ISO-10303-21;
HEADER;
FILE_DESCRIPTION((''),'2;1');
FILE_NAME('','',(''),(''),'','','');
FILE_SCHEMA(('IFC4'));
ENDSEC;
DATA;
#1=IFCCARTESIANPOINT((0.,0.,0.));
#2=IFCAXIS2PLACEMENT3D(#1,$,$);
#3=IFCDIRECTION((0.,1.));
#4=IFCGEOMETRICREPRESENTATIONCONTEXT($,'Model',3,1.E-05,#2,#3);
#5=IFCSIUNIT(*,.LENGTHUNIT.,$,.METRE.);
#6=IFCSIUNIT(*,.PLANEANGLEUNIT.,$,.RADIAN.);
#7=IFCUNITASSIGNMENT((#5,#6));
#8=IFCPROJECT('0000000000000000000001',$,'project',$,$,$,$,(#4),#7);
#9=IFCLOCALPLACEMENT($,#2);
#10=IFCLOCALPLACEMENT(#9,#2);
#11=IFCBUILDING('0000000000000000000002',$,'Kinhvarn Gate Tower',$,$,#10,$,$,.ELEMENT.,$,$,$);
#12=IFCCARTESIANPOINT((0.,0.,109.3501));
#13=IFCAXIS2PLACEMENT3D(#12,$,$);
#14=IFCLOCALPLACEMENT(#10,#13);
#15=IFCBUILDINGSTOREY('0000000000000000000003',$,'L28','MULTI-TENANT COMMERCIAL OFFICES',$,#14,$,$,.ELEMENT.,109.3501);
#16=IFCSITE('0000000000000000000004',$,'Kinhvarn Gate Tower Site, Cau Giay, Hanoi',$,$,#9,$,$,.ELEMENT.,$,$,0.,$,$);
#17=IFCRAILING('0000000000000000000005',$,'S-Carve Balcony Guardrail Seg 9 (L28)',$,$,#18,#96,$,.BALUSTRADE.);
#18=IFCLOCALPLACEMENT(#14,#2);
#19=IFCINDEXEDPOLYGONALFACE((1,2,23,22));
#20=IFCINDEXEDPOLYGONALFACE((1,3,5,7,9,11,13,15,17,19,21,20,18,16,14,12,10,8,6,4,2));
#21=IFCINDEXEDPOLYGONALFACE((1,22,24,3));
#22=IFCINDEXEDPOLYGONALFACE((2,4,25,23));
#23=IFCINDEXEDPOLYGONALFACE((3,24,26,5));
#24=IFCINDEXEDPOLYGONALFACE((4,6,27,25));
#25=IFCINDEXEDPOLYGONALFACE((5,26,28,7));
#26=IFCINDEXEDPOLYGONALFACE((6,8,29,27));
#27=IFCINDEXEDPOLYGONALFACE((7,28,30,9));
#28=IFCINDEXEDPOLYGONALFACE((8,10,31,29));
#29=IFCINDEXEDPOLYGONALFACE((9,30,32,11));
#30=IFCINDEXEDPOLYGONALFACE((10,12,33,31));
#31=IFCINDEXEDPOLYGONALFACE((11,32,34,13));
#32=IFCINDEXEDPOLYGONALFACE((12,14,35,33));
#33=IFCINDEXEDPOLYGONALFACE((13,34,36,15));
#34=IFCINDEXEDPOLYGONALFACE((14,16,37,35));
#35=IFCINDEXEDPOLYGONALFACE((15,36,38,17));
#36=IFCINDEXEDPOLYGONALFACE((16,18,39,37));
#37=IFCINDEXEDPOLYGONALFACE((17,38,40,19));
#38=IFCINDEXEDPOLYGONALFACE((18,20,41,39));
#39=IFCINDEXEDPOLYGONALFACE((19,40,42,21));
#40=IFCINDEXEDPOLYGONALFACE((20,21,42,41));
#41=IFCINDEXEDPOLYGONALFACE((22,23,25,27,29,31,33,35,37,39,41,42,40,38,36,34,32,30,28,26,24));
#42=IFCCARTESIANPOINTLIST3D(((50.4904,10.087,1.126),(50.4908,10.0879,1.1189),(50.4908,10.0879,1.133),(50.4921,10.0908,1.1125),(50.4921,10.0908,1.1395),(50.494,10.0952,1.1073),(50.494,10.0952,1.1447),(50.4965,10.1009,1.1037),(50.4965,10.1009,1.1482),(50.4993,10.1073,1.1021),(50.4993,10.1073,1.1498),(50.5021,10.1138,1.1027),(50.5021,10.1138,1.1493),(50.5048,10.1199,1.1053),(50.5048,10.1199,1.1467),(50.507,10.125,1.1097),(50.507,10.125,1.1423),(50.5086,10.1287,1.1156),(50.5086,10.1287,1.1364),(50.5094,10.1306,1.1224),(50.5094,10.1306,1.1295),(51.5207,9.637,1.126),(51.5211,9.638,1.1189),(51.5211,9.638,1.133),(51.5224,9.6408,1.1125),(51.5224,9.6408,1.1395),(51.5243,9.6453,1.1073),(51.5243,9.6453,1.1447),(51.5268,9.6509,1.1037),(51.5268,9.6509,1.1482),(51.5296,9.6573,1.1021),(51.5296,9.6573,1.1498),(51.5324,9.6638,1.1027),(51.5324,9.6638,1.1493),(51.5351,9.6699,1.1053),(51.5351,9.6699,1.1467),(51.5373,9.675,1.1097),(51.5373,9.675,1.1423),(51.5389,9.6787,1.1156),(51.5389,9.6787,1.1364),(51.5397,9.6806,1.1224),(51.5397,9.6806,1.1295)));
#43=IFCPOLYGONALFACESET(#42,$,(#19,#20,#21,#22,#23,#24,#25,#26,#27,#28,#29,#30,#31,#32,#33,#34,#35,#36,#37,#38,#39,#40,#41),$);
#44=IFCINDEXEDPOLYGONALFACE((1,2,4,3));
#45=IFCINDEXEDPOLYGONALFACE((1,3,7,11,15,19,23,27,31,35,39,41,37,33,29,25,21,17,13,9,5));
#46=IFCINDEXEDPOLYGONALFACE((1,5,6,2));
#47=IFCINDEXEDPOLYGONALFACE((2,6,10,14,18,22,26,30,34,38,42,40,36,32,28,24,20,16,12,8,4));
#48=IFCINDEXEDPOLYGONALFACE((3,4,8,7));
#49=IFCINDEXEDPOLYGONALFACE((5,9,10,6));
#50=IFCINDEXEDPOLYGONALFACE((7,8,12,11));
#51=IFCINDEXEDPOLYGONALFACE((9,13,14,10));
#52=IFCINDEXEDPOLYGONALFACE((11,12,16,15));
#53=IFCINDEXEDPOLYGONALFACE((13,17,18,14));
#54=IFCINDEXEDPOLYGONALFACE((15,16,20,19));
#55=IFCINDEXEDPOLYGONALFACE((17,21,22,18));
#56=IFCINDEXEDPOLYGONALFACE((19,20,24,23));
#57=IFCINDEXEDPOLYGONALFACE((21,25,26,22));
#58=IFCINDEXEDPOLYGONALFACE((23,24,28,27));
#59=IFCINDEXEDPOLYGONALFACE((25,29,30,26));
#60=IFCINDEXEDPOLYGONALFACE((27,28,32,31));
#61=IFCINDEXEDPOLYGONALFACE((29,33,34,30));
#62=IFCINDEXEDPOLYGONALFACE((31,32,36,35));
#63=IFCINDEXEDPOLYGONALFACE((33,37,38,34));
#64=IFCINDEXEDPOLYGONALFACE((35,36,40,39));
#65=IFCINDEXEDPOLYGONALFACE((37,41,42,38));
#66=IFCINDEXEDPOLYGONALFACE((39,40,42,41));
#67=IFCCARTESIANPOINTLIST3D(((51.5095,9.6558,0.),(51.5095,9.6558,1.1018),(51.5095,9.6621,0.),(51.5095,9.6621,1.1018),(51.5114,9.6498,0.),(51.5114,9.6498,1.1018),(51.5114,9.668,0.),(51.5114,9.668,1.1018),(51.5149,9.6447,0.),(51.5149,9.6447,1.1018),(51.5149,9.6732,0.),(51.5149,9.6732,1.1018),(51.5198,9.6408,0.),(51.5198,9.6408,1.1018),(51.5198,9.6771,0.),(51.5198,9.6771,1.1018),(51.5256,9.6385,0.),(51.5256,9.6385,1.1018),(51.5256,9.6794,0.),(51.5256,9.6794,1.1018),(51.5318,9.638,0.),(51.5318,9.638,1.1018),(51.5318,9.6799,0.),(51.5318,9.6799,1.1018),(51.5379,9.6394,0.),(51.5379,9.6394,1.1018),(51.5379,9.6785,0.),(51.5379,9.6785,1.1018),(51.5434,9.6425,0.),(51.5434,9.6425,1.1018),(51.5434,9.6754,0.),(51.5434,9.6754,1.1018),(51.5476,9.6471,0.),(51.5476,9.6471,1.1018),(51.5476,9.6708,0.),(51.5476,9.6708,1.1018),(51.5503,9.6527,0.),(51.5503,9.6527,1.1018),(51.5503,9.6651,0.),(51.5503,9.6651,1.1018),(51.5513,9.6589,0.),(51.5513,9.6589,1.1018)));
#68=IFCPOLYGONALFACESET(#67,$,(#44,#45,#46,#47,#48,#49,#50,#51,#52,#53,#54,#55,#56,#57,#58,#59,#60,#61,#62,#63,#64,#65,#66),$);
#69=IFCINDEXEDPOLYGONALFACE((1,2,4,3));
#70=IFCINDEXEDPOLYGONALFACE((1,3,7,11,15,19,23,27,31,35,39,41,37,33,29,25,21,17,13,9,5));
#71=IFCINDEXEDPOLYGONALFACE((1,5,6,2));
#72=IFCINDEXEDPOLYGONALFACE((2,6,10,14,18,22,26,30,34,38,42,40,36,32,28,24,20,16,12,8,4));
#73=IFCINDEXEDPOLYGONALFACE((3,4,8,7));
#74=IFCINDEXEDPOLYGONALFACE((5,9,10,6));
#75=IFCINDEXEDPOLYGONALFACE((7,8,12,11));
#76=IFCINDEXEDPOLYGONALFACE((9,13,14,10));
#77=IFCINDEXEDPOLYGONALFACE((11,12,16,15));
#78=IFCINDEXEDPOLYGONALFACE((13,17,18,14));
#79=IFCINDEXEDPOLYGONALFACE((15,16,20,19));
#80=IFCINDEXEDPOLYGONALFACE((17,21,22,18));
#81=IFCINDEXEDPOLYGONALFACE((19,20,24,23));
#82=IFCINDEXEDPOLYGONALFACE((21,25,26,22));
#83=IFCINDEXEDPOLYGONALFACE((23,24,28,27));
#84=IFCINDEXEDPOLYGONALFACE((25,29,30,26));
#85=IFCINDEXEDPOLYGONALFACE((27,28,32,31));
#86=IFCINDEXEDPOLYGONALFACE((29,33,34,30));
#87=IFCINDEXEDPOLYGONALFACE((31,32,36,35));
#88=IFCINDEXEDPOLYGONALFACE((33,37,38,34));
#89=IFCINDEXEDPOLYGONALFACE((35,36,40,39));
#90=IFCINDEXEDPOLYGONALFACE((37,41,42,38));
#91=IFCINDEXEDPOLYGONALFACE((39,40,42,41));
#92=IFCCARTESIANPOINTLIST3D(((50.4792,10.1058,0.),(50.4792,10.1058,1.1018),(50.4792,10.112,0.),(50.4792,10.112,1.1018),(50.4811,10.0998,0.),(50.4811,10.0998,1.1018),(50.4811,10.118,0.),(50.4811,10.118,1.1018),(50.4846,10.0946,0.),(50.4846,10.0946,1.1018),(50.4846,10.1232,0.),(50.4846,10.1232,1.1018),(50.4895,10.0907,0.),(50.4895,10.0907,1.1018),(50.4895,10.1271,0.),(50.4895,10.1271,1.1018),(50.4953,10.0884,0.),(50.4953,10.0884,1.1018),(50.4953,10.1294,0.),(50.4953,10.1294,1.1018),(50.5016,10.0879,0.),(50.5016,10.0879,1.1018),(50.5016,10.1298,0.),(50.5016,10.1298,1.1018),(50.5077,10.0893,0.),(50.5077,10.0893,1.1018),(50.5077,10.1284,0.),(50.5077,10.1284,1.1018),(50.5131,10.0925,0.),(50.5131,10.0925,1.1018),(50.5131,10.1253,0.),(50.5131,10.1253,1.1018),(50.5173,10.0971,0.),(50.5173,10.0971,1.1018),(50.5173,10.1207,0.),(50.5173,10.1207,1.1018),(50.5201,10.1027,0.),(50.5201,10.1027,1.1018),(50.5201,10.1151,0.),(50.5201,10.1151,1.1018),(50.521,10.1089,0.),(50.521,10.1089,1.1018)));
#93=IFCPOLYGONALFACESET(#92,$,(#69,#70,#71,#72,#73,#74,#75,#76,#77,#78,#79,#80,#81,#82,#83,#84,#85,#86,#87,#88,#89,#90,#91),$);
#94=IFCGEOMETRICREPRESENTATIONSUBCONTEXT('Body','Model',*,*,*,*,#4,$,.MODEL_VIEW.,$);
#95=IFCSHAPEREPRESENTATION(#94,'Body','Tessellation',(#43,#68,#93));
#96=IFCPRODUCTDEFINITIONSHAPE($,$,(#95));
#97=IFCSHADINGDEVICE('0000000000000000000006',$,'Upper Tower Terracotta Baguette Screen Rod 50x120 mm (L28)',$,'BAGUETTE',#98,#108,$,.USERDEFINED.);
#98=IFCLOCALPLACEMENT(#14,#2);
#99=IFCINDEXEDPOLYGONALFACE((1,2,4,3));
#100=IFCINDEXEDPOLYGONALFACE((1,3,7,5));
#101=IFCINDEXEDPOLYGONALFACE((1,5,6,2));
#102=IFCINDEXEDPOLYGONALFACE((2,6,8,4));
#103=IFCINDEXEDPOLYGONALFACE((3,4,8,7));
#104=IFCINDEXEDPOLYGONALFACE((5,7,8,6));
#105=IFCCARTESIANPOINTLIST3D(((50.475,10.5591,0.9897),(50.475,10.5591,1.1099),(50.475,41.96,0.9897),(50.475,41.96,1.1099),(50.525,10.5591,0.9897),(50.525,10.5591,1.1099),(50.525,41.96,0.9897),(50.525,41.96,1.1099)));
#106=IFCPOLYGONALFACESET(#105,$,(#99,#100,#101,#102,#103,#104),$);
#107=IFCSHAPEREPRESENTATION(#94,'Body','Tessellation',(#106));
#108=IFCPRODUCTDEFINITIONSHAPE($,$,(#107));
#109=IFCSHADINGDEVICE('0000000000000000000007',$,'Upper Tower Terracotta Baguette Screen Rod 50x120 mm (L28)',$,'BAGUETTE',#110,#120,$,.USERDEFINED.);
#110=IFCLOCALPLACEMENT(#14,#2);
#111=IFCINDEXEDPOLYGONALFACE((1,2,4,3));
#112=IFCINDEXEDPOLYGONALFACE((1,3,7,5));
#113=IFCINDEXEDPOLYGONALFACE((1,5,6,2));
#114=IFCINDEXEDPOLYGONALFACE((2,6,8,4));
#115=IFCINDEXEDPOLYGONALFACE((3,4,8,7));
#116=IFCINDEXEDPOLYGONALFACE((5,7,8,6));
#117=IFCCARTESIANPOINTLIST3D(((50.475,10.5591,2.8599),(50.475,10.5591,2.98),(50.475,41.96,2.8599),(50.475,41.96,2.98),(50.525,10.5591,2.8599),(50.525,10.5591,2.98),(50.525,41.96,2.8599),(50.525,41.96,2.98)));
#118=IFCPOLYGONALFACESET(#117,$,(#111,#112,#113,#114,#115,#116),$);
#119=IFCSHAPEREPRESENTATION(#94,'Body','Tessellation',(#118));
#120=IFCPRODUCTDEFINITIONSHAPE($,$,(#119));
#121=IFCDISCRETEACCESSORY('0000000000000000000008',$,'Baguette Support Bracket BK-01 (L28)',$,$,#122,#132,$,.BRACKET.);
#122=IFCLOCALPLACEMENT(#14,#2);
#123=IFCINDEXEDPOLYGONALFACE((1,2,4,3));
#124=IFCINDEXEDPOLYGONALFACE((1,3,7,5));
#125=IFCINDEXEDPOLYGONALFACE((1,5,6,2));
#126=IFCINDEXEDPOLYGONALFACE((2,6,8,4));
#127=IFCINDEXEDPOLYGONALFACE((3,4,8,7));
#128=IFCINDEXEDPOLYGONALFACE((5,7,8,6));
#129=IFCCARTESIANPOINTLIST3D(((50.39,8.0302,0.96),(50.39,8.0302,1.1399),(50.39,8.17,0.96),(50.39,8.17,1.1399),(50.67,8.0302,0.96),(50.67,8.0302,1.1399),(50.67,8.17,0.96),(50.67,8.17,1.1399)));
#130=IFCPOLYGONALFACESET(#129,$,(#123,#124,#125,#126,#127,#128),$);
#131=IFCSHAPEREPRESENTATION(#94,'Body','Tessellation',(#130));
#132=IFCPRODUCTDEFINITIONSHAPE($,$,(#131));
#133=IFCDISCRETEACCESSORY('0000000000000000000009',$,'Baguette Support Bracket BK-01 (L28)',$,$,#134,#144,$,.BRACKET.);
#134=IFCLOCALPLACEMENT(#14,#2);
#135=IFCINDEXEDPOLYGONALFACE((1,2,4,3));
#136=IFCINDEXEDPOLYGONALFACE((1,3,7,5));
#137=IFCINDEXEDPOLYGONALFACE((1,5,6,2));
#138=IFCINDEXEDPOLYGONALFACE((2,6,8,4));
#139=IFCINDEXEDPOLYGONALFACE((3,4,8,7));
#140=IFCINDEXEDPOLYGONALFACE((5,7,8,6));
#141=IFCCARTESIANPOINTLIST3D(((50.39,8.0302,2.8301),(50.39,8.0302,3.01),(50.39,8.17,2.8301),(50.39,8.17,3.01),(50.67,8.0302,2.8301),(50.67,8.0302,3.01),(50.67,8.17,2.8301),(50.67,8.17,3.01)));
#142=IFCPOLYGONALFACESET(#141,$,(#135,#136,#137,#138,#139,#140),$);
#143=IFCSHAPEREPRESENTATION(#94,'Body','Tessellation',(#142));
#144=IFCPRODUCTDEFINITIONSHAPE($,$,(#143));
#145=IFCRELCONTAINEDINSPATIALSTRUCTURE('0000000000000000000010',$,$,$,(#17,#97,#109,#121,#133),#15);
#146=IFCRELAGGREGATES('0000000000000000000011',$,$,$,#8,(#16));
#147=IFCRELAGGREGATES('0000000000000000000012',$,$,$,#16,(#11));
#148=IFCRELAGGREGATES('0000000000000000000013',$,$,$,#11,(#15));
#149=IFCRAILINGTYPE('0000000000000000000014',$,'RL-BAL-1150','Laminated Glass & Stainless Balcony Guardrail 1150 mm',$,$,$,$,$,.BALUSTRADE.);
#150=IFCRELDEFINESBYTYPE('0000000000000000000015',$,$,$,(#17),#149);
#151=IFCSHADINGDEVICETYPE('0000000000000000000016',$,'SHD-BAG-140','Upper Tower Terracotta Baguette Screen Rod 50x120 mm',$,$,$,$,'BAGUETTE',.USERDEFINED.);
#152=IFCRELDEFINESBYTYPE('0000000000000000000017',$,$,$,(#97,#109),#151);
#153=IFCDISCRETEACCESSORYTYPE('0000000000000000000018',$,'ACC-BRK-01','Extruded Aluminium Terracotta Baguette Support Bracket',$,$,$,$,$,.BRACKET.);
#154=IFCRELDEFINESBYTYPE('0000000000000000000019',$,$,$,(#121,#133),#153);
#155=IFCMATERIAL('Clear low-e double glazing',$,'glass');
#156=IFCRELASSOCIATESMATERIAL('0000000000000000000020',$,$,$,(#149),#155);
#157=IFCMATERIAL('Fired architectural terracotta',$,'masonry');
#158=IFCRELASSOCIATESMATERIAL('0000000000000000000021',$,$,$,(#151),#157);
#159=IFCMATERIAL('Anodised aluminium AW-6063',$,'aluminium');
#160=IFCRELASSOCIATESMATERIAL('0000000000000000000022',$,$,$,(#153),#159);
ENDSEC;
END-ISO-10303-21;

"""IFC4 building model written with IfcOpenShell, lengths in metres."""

from ifc_helpers import new_model, si_unit, direction, frame, origin, origin_2d, place, context, subcontext, project, spatial, rectangle, circle, extrude, material, material_profile, profile_set, type_object, element, save


model = new_model("IFC4")

# Units and contexts
model_context = context("Model", 3, precision=1e-05, world=origin(), true_north=direction((0.0, 1.0)))
body_context = subcontext(model_context, "Body", "Model", "MODEL_VIEW")
ifc_project = project(units=[si_unit("LENGTHUNIT", "METRE"), si_unit("PLANEANGLEUNIT", "RADIAN")], contexts=[model_context])

# Site, building, storey
site_placement = place(None, origin())
site = spatial("IfcSite", under=ifc_project, at=site_placement, Name="Kinhvarn Gate Tower Site, Cau Giay, Hanoi", CompositionType="ELEMENT", RefElevation=0.0)
building_placement = place(site_placement, origin())
building = spatial("IfcBuilding", under=site, at=building_placement, Name="Kinhvarn Gate Tower", CompositionType="ELEMENT")
storey_placement = place(building_placement, frame((0.0, 0.0, 109.3501)))
storey = spatial("IfcBuildingStorey", under=building, at=storey_placement, Name="L28", Description="MULTI-TENANT COMMERCIAL OFFICES", CompositionType="ELEMENT", Elevation=109.3501)

# Shared definitions
ifc_material_1 = material(Name="Anodised aluminium AW-6063", Category="aluminium")

# Shared definitions
ifc_material_2 = material(Name="Clear low-e double glazing", Category="glass")

# Shared definitions
ifc_material_3 = material(Name="Fired architectural terracotta", Category="masonry")

# Railing
railing_type = type_object("IfcRailingType", Name="RL-BAL-1150", Description="Laminated Glass & Stainless Balcony Guardrail 1150 mm", PredefinedType="BALUSTRADE", material=ifc_material_2)
railing_placement = place(storey_placement, frame((51.5303, 9.6589, 0.0)))
element("IfcRailing", 1, at=railing_placement, inside=storey, type_object=railing_type, Name="S-Carve Balcony Guardrail Seg 9 (L28)", PredefinedType="BALUSTRADE", context=body_context, shape_type="SweptSolid", body=[
    extrude(circle(Radius=0.0239, at=origin_2d()), frame((0.0, 0.0, 1.126), z_axis=(-0.916416, 0.400226, 0.0), x_axis=(-0.400226, -0.916416, 0.0)), (0.0, 0.0, 1.0), 1.1243),
    extrude(circle(Radius=0.021, at=origin_2d()), origin(), (0.0, 0.0, 1.0), 1.1018),
    extrude(circle(Radius=0.021, at=origin_2d()), frame((-1.0303, 0.45, 0.0)), (0.0, 0.0, 1.0), 1.1018),
])

# Shading devices
ifc_material_profile_1 = material_profile(ifc_material_3, rectangle(XDim=0.05, YDim=0.1201, at=origin_2d()), Name="TC 50x120")
ifc_profile_set_1 = profile_set([ifc_material_profile_1], Name="Fired architectural terracotta")
shading_device_type = type_object("IfcShadingDeviceType", Name="SHD-BAG-140", Description="Upper Tower Terracotta Baguette Screen Rod 50x120 mm", ElementType="BAGUETTE", PredefinedType="USERDEFINED", material=ifc_profile_set_1)
for number, where, z_axis, x_axis, name in (
    (2, (50.5, 10.5591, 1.0498), (0.0, 1.0, 0.0), (-1.0, 0.0, 0.0), "Upper Tower Terracotta Baguette Screen Rod 50x120 mm (L28)"),
    (3, (50.5, 10.5591, 2.9199), (0.0, 1.0, 0.0), (-1.0, 0.0, 0.0), "Upper Tower Terracotta Baguette Screen Rod 50x120 mm (L28)"),
):
    element("IfcShadingDevice", number, at=place(storey_placement, frame(where, z_axis=z_axis, x_axis=x_axis)), inside=storey, type_object=shading_device_type, Name=name, ObjectType="BAGUETTE", PredefinedType="USERDEFINED", context=body_context, shape_type="SweptSolid", body=[
        extrude(rectangle(XDim=0.05, YDim=0.1201, at=origin_2d()), origin(), (0.0, 0.0, 1.0), 31.4009),
    ])

# Discrete accessories
discrete_accessory_type = type_object("IfcDiscreteAccessoryType", Name="ACC-BRK-01", Description="Extruded Aluminium Terracotta Baguette Support Bracket", PredefinedType="BRACKET", material=ifc_material_1)
for number, where, z_axis, x_axis, name in (
    (4, (50.53, 8.1001, 0.96), (0.0, 0.0, 1.0), (0.0, 1.0, 0.0), "Baguette Support Bracket BK-01 (L28)"),
    (5, (50.53, 8.1001, 2.8301), (0.0, 0.0, 1.0), (0.0, 1.0, 0.0), "Baguette Support Bracket BK-01 (L28)"),
):
    element("IfcDiscreteAccessory", number, at=place(storey_placement, frame(where, z_axis=z_axis, x_axis=x_axis)), inside=storey, type_object=discrete_accessory_type, Name=name, PredefinedType="BRACKET", context=body_context, shape_type="SweptSolid", body=[
        extrude(rectangle(XDim=0.1399, YDim=0.28, at=origin_2d()), origin(), (0.0, 0.0, 1.0), 0.1799),
    ])

save(model, "model.ifc")
